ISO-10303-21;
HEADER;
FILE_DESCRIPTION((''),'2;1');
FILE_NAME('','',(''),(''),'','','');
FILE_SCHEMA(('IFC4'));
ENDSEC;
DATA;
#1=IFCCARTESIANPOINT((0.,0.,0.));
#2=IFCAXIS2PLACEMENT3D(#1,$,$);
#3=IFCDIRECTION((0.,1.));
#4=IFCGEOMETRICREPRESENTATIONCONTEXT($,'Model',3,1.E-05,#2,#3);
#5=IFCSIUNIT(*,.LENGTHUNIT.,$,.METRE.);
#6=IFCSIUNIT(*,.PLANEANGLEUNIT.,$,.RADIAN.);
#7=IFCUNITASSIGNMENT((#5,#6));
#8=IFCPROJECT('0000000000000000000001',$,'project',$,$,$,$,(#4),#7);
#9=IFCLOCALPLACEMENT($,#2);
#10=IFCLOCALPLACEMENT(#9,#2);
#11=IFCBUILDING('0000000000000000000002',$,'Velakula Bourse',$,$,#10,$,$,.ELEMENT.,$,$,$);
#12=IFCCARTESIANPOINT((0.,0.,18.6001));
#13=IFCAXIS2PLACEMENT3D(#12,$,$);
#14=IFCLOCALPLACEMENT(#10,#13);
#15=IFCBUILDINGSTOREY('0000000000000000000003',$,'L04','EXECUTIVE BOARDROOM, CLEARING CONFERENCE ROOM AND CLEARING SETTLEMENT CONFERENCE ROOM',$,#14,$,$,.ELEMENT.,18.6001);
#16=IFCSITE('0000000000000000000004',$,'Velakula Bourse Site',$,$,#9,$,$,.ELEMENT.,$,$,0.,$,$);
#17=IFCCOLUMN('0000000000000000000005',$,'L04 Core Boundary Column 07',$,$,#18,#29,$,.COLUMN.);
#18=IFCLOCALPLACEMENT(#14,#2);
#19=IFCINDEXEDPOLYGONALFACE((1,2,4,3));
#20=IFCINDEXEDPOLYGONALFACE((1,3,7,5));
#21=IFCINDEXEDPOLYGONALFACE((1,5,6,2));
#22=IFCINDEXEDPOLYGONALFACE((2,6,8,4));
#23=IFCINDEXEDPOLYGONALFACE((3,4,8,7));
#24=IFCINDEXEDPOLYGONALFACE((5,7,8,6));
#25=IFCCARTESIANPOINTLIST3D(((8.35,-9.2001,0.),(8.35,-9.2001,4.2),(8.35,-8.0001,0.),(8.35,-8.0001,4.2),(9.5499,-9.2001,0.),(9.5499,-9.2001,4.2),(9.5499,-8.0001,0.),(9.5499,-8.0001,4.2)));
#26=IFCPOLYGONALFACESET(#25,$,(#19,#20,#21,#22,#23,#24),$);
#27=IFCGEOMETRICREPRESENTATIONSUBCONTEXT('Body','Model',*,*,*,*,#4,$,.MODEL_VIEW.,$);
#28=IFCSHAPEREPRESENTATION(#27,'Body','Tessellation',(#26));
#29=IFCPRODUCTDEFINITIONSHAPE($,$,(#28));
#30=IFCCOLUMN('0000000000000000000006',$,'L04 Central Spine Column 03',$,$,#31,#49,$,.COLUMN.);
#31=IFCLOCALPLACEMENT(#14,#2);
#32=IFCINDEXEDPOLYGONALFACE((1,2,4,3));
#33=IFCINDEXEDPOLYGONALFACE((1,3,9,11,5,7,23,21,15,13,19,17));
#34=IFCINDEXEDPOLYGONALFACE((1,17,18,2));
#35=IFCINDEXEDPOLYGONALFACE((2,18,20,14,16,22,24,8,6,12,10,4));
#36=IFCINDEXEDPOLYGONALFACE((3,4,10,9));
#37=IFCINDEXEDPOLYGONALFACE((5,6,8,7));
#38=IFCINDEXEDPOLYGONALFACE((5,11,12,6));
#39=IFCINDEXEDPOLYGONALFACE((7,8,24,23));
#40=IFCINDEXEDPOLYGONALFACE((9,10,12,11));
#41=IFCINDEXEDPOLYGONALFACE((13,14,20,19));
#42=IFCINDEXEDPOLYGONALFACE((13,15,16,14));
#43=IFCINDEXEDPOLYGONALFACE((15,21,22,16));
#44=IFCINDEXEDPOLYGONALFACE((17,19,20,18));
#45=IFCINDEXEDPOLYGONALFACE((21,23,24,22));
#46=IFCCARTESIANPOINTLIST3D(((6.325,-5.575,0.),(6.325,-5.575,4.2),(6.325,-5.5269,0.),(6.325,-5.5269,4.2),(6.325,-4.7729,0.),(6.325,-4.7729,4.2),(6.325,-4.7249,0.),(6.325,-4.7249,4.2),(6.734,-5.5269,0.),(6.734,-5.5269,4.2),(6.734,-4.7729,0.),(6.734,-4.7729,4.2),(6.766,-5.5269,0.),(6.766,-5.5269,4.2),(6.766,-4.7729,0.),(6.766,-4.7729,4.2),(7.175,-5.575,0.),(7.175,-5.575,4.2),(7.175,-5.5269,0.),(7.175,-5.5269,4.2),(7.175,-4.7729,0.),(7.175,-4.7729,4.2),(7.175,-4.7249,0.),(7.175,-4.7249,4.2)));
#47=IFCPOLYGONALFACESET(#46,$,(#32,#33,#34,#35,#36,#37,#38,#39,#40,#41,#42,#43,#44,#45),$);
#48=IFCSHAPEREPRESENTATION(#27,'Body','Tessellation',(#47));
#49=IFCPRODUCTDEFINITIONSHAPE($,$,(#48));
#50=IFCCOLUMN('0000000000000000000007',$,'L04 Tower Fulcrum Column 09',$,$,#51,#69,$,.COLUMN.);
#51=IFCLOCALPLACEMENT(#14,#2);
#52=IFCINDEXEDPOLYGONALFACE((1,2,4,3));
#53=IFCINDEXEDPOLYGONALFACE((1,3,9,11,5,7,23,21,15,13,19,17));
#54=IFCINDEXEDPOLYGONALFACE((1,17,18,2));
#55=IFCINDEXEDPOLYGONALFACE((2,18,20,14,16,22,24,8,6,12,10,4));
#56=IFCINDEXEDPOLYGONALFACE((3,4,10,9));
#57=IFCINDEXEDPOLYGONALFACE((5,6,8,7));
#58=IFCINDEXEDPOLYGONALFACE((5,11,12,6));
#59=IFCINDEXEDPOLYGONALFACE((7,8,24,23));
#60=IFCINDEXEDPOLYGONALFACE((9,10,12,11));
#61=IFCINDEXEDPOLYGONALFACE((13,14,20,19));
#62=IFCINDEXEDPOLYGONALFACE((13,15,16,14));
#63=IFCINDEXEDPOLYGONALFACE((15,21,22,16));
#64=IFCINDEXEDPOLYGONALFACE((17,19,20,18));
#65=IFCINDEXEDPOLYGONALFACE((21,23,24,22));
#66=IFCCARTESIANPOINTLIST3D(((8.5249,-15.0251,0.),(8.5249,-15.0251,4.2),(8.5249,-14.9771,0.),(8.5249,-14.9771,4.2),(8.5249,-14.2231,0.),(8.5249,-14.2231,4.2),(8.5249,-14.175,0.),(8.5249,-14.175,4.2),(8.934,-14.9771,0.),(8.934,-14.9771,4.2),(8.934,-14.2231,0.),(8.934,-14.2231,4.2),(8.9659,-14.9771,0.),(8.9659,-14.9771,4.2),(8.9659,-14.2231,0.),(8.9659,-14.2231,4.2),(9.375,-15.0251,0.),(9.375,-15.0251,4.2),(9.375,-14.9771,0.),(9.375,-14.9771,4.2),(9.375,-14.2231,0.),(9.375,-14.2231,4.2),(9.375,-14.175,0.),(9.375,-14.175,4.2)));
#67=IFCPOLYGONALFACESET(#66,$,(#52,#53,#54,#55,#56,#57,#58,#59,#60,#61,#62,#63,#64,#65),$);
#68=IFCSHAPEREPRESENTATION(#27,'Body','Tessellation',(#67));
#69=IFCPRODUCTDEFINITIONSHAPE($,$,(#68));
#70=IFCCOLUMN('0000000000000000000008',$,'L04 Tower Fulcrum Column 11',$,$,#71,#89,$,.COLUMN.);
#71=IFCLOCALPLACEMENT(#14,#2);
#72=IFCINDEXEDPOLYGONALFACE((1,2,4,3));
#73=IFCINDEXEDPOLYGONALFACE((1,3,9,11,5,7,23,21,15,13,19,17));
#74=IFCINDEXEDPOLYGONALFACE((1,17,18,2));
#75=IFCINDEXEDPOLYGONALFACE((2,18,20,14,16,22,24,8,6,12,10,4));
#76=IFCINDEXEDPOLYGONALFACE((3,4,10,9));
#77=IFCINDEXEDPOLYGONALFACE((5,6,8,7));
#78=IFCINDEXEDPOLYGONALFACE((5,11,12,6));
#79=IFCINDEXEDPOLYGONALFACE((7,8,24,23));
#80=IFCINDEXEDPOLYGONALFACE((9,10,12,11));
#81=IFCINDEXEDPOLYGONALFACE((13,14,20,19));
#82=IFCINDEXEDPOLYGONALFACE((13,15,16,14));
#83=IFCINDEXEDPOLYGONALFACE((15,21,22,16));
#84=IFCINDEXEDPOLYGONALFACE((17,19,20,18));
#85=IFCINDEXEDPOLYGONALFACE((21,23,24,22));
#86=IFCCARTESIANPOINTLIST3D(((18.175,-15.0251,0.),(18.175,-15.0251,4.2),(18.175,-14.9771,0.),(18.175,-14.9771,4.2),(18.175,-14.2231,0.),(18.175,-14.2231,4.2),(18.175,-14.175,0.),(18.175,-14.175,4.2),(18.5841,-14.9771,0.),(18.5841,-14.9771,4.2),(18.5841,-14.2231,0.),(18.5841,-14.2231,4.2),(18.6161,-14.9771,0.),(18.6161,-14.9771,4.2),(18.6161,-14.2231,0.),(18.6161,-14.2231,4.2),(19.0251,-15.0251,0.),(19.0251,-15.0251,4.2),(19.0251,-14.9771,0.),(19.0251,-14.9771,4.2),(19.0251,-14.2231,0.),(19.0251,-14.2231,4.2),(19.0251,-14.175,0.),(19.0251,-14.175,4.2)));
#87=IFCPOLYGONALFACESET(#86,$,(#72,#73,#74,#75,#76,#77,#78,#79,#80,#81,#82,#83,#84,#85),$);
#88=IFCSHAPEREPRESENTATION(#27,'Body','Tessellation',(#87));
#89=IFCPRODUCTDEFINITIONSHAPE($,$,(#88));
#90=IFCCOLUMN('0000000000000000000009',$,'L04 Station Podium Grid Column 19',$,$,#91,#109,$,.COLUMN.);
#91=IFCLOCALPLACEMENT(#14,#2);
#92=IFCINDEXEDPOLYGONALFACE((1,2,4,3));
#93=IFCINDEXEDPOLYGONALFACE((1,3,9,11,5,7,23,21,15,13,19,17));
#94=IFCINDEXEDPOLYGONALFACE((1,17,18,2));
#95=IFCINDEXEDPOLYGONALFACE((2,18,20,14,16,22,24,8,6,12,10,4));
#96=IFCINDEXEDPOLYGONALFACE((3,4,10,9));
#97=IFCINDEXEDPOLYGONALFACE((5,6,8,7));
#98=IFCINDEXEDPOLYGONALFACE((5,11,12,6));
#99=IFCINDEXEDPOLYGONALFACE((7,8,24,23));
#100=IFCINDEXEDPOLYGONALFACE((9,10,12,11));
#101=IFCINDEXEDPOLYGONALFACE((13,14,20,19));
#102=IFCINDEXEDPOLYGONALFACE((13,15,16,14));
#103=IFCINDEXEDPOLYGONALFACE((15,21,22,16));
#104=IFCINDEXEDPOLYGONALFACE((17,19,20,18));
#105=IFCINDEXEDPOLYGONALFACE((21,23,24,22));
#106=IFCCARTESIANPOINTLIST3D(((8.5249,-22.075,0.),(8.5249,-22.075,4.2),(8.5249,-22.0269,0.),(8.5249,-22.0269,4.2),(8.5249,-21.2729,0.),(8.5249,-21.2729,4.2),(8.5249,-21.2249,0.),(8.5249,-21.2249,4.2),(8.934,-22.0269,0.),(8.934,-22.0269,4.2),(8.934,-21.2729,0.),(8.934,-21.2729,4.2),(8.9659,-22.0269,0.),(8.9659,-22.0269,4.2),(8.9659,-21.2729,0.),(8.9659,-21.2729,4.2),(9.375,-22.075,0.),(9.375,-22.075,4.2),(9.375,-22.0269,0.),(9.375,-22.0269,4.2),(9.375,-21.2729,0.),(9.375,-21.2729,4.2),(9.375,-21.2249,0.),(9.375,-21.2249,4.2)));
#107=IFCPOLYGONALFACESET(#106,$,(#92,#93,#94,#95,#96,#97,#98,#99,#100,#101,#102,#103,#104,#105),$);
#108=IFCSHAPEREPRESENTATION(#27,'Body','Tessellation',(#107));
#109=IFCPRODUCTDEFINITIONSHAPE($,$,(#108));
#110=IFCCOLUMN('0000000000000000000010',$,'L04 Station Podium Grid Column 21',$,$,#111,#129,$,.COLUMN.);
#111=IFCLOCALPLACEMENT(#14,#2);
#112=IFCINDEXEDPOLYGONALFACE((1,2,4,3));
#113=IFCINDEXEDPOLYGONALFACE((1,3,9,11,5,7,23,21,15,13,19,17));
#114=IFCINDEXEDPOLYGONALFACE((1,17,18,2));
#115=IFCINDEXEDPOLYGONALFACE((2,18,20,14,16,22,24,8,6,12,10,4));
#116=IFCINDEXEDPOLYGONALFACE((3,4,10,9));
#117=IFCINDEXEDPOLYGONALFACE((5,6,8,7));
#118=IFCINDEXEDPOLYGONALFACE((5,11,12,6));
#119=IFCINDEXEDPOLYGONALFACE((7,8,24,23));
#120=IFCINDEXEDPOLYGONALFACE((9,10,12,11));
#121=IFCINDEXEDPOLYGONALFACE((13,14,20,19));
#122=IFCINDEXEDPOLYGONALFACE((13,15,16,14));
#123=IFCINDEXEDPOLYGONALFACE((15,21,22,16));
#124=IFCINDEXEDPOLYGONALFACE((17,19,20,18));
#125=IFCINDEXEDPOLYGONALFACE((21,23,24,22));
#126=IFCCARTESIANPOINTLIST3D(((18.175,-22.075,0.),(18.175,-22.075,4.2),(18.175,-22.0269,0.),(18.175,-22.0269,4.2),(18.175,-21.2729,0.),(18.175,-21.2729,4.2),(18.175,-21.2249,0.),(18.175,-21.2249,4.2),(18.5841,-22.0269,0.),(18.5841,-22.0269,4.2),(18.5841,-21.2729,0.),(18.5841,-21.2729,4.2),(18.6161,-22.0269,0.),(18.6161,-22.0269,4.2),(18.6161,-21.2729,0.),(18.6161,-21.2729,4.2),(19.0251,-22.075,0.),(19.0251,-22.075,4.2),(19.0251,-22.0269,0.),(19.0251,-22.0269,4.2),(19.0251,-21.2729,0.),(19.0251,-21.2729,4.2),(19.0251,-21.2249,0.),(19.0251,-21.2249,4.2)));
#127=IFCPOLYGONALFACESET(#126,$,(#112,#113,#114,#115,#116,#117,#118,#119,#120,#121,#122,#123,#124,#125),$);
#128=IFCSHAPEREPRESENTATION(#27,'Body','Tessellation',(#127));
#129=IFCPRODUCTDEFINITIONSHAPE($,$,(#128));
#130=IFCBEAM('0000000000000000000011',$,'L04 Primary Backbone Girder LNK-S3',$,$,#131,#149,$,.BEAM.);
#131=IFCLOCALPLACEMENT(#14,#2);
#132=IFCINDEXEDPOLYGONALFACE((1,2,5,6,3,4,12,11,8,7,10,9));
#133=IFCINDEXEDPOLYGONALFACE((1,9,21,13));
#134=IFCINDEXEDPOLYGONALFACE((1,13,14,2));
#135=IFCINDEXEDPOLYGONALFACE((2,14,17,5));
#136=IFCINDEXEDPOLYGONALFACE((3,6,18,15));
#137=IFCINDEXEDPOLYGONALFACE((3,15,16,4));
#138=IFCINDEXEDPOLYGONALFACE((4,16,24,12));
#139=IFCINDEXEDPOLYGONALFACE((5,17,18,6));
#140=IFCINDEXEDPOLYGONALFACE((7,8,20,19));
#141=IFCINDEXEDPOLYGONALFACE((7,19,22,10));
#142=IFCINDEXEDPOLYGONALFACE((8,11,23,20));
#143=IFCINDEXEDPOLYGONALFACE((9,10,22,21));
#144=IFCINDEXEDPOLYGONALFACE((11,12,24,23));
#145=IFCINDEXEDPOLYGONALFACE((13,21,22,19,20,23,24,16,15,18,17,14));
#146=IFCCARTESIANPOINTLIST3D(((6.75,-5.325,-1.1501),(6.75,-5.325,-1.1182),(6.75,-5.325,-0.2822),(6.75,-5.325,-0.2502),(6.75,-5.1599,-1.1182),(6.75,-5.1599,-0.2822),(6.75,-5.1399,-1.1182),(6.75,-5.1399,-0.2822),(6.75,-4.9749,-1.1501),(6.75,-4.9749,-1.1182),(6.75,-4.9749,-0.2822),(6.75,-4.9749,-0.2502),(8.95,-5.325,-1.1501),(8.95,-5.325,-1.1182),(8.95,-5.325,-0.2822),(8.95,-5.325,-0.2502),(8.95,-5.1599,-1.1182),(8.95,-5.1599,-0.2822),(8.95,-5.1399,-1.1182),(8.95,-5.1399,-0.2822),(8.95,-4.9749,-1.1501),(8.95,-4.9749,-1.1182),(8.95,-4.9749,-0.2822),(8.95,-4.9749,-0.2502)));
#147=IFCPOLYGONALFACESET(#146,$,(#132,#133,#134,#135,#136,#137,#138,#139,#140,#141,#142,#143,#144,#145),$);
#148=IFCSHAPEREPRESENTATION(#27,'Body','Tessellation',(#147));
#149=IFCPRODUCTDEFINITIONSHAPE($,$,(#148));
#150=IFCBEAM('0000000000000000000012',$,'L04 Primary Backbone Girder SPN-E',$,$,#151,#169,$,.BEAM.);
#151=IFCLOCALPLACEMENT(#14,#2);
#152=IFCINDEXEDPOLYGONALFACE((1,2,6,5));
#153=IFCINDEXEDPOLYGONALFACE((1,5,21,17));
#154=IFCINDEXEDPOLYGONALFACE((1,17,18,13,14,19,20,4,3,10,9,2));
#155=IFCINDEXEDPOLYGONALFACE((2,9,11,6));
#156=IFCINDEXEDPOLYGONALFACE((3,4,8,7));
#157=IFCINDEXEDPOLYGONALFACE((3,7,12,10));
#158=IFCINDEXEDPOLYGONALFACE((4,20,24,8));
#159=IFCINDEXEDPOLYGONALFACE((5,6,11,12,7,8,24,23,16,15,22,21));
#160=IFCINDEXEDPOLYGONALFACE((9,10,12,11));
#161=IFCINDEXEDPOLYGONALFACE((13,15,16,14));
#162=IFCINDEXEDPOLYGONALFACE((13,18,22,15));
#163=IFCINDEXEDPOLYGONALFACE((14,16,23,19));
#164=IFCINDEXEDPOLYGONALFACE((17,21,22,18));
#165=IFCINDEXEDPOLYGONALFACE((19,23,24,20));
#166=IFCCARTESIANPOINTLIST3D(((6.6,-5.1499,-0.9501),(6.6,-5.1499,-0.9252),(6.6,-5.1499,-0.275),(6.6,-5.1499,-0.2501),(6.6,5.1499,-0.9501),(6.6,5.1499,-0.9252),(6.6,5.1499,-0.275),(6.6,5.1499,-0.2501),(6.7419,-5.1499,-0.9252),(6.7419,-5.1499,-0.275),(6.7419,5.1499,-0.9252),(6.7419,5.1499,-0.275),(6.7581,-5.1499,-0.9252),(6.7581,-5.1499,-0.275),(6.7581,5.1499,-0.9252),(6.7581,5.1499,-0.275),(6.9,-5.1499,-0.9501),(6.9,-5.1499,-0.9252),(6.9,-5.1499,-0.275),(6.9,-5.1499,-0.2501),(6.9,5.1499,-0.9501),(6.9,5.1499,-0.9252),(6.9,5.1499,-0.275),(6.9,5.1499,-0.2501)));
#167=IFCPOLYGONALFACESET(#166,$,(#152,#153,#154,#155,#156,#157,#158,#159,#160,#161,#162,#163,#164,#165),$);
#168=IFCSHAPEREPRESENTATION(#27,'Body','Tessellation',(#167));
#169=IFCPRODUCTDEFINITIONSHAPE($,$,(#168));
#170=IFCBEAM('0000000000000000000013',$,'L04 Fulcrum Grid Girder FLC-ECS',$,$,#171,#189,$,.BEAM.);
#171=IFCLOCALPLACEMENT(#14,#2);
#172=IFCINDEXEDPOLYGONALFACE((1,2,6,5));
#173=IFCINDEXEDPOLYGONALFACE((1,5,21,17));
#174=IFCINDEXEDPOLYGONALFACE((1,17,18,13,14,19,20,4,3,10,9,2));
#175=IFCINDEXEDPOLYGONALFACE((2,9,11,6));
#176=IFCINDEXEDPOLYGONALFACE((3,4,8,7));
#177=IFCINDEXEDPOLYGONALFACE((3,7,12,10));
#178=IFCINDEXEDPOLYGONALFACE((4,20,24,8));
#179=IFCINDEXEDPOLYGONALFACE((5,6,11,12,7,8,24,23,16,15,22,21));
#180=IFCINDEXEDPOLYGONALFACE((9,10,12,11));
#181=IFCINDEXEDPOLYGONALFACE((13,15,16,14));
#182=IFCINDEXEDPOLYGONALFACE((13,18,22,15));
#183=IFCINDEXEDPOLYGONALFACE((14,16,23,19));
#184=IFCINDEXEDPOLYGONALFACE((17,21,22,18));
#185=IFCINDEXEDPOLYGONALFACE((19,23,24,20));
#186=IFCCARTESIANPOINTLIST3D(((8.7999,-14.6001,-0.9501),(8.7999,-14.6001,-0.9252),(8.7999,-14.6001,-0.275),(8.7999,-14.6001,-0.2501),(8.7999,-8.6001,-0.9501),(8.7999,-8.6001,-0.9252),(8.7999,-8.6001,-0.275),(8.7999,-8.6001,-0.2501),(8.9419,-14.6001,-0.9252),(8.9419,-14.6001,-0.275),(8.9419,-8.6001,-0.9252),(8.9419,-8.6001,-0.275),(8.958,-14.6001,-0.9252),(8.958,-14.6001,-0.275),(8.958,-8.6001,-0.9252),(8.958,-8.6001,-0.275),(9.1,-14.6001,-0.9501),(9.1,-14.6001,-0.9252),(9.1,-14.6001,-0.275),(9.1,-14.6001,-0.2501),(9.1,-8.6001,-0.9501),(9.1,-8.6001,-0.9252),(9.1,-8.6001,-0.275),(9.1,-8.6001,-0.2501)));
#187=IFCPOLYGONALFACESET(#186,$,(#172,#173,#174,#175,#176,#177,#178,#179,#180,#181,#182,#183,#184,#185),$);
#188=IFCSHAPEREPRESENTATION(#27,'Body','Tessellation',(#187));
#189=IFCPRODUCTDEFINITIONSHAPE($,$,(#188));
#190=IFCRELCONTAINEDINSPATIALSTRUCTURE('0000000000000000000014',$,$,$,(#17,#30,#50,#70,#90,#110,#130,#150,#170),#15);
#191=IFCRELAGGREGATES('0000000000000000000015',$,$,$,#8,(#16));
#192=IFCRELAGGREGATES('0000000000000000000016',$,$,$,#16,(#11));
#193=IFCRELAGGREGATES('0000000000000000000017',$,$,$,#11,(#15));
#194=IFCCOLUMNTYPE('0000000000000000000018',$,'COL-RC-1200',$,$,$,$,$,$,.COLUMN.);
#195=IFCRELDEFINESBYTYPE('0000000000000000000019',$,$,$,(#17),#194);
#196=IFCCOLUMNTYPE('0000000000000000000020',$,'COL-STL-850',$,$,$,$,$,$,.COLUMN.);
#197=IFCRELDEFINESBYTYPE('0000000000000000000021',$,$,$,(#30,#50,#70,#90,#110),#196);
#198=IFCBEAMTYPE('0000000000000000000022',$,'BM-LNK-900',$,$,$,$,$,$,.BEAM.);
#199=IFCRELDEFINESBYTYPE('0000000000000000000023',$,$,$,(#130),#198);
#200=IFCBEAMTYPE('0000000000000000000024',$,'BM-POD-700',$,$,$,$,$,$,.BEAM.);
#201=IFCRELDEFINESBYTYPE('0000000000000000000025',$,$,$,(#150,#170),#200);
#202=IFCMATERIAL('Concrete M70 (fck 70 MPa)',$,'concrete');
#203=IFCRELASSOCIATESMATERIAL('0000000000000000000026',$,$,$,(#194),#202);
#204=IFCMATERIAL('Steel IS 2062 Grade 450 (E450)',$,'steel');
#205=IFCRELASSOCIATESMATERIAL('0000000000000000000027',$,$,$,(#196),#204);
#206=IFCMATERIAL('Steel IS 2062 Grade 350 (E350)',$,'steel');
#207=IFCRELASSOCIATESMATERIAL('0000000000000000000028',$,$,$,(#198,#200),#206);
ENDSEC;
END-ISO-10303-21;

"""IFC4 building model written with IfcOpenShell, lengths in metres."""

from ifc_helpers import new_model, si_unit, direction, frame, origin, origin_2d, place, context, subcontext, project, spatial, rectangle, i_section, extrude, material, material_profile, profile_set, type_object, element, save


model = new_model("IFC4")

# Units and contexts
model_context = context("Model", 3, precision=1e-05, world=origin(), true_north=direction((0.0, 1.0)))
body_context = subcontext(model_context, "Body", "Model", "MODEL_VIEW")
ifc_project = project(units=[si_unit("LENGTHUNIT", "METRE"), si_unit("PLANEANGLEUNIT", "RADIAN")], contexts=[model_context])

# Site, building, storey
site_placement = place(None, origin())
site = spatial("IfcSite", under=ifc_project, at=site_placement, Name="Velakula Bourse Site", CompositionType="ELEMENT", RefElevation=0.0)
building_placement = place(site_placement, origin())
building = spatial("IfcBuilding", under=site, at=building_placement, Name="Velakula Bourse", CompositionType="ELEMENT")
storey_placement = place(building_placement, frame((0.0, 0.0, 18.6001)))
storey = spatial("IfcBuildingStorey", under=building, at=storey_placement, Name="L04", Description="EXECUTIVE BOARDROOM, CLEARING CONFERENCE ROOM AND CLEARING SETTLEMENT CONFERENCE ROOM", CompositionType="ELEMENT", Elevation=18.6001)

# Columns
ifc_material_1 = material(Name="Concrete M70 (fck 70 MPa)", Category="concrete")
ifc_material_profile_1 = material_profile(ifc_material_1, rectangle(XDim=1.2, YDim=1.2, at=origin_2d()), Name="Concrete M70 (fck 70 MPa)")
ifc_profile_set_1 = profile_set([ifc_material_profile_1], Name="Concrete M70 (fck 70 MPa)")
column_type_1 = type_object("IfcColumnType", Name="COL-RC-1200", PredefinedType="COLUMN", material=ifc_profile_set_1)
column_placement = place(storey_placement, frame((8.95, -8.6001, 0.0), z_axis=(0.0, 0.0, 1.0), x_axis=(1.0, 0.0, 0.0)))
element("IfcColumn", 1, at=column_placement, inside=storey, type_object=column_type_1, Name="L04 Core Boundary Column 07", PredefinedType="COLUMN", context=body_context, shape_type="SweptSolid", body=[
    extrude(rectangle(XDim=1.2, YDim=1.2, at=origin_2d()), origin(), (0.0, 0.0, 1.0), 4.2),
])
ifc_material_2 = material(Name="Steel IS 2062 Grade 450 (E450)", Category="steel")
ifc_material_profile_2 = material_profile(ifc_material_2, i_section(OverallWidth=0.8501, OverallDepth=0.8501, WebThickness=0.032, FlangeThickness=0.0481, at=origin_2d()), Name="Steel IS 2062 Grade 450 (E450)")
ifc_profile_set_2 = profile_set([ifc_material_profile_2], Name="Steel IS 2062 Grade 450 (E450)")
column_type_2 = type_object("IfcColumnType", Name="COL-STL-850", PredefinedType="COLUMN", material=ifc_profile_set_2)
for number, where, z_axis, x_axis, name in (
    (2, (6.75, -5.1499, 0.0), (0.0, 0.0, 1.0), (1.0, 0.0, 0.0), "L04 Central Spine Column 03"),
    (3, (8.95, -14.6001, 0.0), (0.0, 0.0, 1.0), (1.0, 0.0, 0.0), "L04 Tower Fulcrum Column 09"),
    (4, (18.6001, -14.6001, 0.0), (0.0, 0.0, 1.0), (1.0, 0.0, 0.0), "L04 Tower Fulcrum Column 11"),
    (5, (8.95, -21.6499, 0.0), (0.0, 0.0, 1.0), (1.0, 0.0, 0.0), "L04 Station Podium Grid Column 19"),
    (6, (18.6001, -21.6499, 0.0), (0.0, 0.0, 1.0), (1.0, 0.0, 0.0), "L04 Station Podium Grid Column 21"),
):
    element("IfcColumn", number, at=place(storey_placement, frame(where, z_axis=z_axis, x_axis=x_axis)), inside=storey, type_object=column_type_2, Name=name, PredefinedType="COLUMN", context=body_context, shape_type="SweptSolid", body=[
        extrude(i_section(OverallWidth=0.8501, OverallDepth=0.8501, WebThickness=0.032, FlangeThickness=0.0481, at=origin_2d()), origin(), (0.0, 0.0, 1.0), 4.2),
    ])

# Beams
ifc_material_3 = material(Name="Steel IS 2062 Grade 350 (E350)", Category="steel")
ifc_material_profile_3 = material_profile(ifc_material_3, i_section(OverallWidth=0.3501, OverallDepth=0.8999, WebThickness=0.02, FlangeThickness=0.032, at=origin_2d()), Name="Steel IS 2062 Grade 350 (E350)")
ifc_profile_set_3 = profile_set([ifc_material_profile_3], Name="Steel IS 2062 Grade 350 (E350)")
beam_type_1 = type_object("IfcBeamType", Name="BM-LNK-900", PredefinedType="BEAM", material=ifc_profile_set_3)
beam_1_placement = place(storey_placement, frame((6.75, -5.1499, -0.7002), z_axis=(1.0, 0.0, 0.0), x_axis=(0.0, 1.0, 0.0)))
element("IfcBeam", 7, at=beam_1_placement, inside=storey, type_object=beam_type_1, Name="L04 Primary Backbone Girder LNK-S3", PredefinedType="BEAM", context=body_context, shape_type="SweptSolid", body=[
    extrude(i_section(OverallWidth=0.3501, OverallDepth=0.8999, WebThickness=0.02, FlangeThickness=0.032, at=origin_2d()), origin(), (0.0, 0.0, 1.0), 2.2),
])
ifc_material_profile_4 = material_profile(ifc_material_3, i_section(OverallWidth=0.3, OverallDepth=0.7, WebThickness=0.0161, FlangeThickness=0.0249, at=origin_2d()), Name="Steel IS 2062 Grade 350 (E350)")
ifc_profile_set_4 = profile_set([ifc_material_profile_4], Name="Steel IS 2062 Grade 350 (E350)")
beam_type_2 = type_object("IfcBeamType", Name="BM-POD-700", PredefinedType="BEAM", material=ifc_profile_set_4)
beam_2_placement = place(storey_placement, frame((6.75, -5.1499, -0.6001), z_axis=(0.0, 1.0, 0.0), x_axis=(-1.0, 0.0, 0.0)))
element("IfcBeam", 8, at=beam_2_placement, inside=storey, type_object=beam_type_2, Name="L04 Primary Backbone Girder SPN-E", PredefinedType="BEAM", context=body_context, shape_type="SweptSolid", body=[
    extrude(i_section(OverallWidth=0.3, OverallDepth=0.7, WebThickness=0.0161, FlangeThickness=0.0249, at=origin_2d()), origin(), (0.0, 0.0, 1.0), 10.2998),
])
for number, where, z_axis, x_axis, name in (
    (9, (8.95, -14.6001, -0.6001), (0.0, 1.0, 0.0), (-1.0, 0.0, 0.0), "L04 Fulcrum Grid Girder FLC-ECS"),
):
    element("IfcBeam", number, at=place(storey_placement, frame(where, z_axis=z_axis, x_axis=x_axis)), inside=storey, type_object=beam_type_2, Name=name, PredefinedType="BEAM", context=body_context, shape_type="SweptSolid", body=[
        extrude(i_section(OverallWidth=0.3, OverallDepth=0.7, WebThickness=0.0161, FlangeThickness=0.0249, at=origin_2d()), origin(), (0.0, 0.0, 1.0), 6.0),
    ])

save(model, "model.ifc")
